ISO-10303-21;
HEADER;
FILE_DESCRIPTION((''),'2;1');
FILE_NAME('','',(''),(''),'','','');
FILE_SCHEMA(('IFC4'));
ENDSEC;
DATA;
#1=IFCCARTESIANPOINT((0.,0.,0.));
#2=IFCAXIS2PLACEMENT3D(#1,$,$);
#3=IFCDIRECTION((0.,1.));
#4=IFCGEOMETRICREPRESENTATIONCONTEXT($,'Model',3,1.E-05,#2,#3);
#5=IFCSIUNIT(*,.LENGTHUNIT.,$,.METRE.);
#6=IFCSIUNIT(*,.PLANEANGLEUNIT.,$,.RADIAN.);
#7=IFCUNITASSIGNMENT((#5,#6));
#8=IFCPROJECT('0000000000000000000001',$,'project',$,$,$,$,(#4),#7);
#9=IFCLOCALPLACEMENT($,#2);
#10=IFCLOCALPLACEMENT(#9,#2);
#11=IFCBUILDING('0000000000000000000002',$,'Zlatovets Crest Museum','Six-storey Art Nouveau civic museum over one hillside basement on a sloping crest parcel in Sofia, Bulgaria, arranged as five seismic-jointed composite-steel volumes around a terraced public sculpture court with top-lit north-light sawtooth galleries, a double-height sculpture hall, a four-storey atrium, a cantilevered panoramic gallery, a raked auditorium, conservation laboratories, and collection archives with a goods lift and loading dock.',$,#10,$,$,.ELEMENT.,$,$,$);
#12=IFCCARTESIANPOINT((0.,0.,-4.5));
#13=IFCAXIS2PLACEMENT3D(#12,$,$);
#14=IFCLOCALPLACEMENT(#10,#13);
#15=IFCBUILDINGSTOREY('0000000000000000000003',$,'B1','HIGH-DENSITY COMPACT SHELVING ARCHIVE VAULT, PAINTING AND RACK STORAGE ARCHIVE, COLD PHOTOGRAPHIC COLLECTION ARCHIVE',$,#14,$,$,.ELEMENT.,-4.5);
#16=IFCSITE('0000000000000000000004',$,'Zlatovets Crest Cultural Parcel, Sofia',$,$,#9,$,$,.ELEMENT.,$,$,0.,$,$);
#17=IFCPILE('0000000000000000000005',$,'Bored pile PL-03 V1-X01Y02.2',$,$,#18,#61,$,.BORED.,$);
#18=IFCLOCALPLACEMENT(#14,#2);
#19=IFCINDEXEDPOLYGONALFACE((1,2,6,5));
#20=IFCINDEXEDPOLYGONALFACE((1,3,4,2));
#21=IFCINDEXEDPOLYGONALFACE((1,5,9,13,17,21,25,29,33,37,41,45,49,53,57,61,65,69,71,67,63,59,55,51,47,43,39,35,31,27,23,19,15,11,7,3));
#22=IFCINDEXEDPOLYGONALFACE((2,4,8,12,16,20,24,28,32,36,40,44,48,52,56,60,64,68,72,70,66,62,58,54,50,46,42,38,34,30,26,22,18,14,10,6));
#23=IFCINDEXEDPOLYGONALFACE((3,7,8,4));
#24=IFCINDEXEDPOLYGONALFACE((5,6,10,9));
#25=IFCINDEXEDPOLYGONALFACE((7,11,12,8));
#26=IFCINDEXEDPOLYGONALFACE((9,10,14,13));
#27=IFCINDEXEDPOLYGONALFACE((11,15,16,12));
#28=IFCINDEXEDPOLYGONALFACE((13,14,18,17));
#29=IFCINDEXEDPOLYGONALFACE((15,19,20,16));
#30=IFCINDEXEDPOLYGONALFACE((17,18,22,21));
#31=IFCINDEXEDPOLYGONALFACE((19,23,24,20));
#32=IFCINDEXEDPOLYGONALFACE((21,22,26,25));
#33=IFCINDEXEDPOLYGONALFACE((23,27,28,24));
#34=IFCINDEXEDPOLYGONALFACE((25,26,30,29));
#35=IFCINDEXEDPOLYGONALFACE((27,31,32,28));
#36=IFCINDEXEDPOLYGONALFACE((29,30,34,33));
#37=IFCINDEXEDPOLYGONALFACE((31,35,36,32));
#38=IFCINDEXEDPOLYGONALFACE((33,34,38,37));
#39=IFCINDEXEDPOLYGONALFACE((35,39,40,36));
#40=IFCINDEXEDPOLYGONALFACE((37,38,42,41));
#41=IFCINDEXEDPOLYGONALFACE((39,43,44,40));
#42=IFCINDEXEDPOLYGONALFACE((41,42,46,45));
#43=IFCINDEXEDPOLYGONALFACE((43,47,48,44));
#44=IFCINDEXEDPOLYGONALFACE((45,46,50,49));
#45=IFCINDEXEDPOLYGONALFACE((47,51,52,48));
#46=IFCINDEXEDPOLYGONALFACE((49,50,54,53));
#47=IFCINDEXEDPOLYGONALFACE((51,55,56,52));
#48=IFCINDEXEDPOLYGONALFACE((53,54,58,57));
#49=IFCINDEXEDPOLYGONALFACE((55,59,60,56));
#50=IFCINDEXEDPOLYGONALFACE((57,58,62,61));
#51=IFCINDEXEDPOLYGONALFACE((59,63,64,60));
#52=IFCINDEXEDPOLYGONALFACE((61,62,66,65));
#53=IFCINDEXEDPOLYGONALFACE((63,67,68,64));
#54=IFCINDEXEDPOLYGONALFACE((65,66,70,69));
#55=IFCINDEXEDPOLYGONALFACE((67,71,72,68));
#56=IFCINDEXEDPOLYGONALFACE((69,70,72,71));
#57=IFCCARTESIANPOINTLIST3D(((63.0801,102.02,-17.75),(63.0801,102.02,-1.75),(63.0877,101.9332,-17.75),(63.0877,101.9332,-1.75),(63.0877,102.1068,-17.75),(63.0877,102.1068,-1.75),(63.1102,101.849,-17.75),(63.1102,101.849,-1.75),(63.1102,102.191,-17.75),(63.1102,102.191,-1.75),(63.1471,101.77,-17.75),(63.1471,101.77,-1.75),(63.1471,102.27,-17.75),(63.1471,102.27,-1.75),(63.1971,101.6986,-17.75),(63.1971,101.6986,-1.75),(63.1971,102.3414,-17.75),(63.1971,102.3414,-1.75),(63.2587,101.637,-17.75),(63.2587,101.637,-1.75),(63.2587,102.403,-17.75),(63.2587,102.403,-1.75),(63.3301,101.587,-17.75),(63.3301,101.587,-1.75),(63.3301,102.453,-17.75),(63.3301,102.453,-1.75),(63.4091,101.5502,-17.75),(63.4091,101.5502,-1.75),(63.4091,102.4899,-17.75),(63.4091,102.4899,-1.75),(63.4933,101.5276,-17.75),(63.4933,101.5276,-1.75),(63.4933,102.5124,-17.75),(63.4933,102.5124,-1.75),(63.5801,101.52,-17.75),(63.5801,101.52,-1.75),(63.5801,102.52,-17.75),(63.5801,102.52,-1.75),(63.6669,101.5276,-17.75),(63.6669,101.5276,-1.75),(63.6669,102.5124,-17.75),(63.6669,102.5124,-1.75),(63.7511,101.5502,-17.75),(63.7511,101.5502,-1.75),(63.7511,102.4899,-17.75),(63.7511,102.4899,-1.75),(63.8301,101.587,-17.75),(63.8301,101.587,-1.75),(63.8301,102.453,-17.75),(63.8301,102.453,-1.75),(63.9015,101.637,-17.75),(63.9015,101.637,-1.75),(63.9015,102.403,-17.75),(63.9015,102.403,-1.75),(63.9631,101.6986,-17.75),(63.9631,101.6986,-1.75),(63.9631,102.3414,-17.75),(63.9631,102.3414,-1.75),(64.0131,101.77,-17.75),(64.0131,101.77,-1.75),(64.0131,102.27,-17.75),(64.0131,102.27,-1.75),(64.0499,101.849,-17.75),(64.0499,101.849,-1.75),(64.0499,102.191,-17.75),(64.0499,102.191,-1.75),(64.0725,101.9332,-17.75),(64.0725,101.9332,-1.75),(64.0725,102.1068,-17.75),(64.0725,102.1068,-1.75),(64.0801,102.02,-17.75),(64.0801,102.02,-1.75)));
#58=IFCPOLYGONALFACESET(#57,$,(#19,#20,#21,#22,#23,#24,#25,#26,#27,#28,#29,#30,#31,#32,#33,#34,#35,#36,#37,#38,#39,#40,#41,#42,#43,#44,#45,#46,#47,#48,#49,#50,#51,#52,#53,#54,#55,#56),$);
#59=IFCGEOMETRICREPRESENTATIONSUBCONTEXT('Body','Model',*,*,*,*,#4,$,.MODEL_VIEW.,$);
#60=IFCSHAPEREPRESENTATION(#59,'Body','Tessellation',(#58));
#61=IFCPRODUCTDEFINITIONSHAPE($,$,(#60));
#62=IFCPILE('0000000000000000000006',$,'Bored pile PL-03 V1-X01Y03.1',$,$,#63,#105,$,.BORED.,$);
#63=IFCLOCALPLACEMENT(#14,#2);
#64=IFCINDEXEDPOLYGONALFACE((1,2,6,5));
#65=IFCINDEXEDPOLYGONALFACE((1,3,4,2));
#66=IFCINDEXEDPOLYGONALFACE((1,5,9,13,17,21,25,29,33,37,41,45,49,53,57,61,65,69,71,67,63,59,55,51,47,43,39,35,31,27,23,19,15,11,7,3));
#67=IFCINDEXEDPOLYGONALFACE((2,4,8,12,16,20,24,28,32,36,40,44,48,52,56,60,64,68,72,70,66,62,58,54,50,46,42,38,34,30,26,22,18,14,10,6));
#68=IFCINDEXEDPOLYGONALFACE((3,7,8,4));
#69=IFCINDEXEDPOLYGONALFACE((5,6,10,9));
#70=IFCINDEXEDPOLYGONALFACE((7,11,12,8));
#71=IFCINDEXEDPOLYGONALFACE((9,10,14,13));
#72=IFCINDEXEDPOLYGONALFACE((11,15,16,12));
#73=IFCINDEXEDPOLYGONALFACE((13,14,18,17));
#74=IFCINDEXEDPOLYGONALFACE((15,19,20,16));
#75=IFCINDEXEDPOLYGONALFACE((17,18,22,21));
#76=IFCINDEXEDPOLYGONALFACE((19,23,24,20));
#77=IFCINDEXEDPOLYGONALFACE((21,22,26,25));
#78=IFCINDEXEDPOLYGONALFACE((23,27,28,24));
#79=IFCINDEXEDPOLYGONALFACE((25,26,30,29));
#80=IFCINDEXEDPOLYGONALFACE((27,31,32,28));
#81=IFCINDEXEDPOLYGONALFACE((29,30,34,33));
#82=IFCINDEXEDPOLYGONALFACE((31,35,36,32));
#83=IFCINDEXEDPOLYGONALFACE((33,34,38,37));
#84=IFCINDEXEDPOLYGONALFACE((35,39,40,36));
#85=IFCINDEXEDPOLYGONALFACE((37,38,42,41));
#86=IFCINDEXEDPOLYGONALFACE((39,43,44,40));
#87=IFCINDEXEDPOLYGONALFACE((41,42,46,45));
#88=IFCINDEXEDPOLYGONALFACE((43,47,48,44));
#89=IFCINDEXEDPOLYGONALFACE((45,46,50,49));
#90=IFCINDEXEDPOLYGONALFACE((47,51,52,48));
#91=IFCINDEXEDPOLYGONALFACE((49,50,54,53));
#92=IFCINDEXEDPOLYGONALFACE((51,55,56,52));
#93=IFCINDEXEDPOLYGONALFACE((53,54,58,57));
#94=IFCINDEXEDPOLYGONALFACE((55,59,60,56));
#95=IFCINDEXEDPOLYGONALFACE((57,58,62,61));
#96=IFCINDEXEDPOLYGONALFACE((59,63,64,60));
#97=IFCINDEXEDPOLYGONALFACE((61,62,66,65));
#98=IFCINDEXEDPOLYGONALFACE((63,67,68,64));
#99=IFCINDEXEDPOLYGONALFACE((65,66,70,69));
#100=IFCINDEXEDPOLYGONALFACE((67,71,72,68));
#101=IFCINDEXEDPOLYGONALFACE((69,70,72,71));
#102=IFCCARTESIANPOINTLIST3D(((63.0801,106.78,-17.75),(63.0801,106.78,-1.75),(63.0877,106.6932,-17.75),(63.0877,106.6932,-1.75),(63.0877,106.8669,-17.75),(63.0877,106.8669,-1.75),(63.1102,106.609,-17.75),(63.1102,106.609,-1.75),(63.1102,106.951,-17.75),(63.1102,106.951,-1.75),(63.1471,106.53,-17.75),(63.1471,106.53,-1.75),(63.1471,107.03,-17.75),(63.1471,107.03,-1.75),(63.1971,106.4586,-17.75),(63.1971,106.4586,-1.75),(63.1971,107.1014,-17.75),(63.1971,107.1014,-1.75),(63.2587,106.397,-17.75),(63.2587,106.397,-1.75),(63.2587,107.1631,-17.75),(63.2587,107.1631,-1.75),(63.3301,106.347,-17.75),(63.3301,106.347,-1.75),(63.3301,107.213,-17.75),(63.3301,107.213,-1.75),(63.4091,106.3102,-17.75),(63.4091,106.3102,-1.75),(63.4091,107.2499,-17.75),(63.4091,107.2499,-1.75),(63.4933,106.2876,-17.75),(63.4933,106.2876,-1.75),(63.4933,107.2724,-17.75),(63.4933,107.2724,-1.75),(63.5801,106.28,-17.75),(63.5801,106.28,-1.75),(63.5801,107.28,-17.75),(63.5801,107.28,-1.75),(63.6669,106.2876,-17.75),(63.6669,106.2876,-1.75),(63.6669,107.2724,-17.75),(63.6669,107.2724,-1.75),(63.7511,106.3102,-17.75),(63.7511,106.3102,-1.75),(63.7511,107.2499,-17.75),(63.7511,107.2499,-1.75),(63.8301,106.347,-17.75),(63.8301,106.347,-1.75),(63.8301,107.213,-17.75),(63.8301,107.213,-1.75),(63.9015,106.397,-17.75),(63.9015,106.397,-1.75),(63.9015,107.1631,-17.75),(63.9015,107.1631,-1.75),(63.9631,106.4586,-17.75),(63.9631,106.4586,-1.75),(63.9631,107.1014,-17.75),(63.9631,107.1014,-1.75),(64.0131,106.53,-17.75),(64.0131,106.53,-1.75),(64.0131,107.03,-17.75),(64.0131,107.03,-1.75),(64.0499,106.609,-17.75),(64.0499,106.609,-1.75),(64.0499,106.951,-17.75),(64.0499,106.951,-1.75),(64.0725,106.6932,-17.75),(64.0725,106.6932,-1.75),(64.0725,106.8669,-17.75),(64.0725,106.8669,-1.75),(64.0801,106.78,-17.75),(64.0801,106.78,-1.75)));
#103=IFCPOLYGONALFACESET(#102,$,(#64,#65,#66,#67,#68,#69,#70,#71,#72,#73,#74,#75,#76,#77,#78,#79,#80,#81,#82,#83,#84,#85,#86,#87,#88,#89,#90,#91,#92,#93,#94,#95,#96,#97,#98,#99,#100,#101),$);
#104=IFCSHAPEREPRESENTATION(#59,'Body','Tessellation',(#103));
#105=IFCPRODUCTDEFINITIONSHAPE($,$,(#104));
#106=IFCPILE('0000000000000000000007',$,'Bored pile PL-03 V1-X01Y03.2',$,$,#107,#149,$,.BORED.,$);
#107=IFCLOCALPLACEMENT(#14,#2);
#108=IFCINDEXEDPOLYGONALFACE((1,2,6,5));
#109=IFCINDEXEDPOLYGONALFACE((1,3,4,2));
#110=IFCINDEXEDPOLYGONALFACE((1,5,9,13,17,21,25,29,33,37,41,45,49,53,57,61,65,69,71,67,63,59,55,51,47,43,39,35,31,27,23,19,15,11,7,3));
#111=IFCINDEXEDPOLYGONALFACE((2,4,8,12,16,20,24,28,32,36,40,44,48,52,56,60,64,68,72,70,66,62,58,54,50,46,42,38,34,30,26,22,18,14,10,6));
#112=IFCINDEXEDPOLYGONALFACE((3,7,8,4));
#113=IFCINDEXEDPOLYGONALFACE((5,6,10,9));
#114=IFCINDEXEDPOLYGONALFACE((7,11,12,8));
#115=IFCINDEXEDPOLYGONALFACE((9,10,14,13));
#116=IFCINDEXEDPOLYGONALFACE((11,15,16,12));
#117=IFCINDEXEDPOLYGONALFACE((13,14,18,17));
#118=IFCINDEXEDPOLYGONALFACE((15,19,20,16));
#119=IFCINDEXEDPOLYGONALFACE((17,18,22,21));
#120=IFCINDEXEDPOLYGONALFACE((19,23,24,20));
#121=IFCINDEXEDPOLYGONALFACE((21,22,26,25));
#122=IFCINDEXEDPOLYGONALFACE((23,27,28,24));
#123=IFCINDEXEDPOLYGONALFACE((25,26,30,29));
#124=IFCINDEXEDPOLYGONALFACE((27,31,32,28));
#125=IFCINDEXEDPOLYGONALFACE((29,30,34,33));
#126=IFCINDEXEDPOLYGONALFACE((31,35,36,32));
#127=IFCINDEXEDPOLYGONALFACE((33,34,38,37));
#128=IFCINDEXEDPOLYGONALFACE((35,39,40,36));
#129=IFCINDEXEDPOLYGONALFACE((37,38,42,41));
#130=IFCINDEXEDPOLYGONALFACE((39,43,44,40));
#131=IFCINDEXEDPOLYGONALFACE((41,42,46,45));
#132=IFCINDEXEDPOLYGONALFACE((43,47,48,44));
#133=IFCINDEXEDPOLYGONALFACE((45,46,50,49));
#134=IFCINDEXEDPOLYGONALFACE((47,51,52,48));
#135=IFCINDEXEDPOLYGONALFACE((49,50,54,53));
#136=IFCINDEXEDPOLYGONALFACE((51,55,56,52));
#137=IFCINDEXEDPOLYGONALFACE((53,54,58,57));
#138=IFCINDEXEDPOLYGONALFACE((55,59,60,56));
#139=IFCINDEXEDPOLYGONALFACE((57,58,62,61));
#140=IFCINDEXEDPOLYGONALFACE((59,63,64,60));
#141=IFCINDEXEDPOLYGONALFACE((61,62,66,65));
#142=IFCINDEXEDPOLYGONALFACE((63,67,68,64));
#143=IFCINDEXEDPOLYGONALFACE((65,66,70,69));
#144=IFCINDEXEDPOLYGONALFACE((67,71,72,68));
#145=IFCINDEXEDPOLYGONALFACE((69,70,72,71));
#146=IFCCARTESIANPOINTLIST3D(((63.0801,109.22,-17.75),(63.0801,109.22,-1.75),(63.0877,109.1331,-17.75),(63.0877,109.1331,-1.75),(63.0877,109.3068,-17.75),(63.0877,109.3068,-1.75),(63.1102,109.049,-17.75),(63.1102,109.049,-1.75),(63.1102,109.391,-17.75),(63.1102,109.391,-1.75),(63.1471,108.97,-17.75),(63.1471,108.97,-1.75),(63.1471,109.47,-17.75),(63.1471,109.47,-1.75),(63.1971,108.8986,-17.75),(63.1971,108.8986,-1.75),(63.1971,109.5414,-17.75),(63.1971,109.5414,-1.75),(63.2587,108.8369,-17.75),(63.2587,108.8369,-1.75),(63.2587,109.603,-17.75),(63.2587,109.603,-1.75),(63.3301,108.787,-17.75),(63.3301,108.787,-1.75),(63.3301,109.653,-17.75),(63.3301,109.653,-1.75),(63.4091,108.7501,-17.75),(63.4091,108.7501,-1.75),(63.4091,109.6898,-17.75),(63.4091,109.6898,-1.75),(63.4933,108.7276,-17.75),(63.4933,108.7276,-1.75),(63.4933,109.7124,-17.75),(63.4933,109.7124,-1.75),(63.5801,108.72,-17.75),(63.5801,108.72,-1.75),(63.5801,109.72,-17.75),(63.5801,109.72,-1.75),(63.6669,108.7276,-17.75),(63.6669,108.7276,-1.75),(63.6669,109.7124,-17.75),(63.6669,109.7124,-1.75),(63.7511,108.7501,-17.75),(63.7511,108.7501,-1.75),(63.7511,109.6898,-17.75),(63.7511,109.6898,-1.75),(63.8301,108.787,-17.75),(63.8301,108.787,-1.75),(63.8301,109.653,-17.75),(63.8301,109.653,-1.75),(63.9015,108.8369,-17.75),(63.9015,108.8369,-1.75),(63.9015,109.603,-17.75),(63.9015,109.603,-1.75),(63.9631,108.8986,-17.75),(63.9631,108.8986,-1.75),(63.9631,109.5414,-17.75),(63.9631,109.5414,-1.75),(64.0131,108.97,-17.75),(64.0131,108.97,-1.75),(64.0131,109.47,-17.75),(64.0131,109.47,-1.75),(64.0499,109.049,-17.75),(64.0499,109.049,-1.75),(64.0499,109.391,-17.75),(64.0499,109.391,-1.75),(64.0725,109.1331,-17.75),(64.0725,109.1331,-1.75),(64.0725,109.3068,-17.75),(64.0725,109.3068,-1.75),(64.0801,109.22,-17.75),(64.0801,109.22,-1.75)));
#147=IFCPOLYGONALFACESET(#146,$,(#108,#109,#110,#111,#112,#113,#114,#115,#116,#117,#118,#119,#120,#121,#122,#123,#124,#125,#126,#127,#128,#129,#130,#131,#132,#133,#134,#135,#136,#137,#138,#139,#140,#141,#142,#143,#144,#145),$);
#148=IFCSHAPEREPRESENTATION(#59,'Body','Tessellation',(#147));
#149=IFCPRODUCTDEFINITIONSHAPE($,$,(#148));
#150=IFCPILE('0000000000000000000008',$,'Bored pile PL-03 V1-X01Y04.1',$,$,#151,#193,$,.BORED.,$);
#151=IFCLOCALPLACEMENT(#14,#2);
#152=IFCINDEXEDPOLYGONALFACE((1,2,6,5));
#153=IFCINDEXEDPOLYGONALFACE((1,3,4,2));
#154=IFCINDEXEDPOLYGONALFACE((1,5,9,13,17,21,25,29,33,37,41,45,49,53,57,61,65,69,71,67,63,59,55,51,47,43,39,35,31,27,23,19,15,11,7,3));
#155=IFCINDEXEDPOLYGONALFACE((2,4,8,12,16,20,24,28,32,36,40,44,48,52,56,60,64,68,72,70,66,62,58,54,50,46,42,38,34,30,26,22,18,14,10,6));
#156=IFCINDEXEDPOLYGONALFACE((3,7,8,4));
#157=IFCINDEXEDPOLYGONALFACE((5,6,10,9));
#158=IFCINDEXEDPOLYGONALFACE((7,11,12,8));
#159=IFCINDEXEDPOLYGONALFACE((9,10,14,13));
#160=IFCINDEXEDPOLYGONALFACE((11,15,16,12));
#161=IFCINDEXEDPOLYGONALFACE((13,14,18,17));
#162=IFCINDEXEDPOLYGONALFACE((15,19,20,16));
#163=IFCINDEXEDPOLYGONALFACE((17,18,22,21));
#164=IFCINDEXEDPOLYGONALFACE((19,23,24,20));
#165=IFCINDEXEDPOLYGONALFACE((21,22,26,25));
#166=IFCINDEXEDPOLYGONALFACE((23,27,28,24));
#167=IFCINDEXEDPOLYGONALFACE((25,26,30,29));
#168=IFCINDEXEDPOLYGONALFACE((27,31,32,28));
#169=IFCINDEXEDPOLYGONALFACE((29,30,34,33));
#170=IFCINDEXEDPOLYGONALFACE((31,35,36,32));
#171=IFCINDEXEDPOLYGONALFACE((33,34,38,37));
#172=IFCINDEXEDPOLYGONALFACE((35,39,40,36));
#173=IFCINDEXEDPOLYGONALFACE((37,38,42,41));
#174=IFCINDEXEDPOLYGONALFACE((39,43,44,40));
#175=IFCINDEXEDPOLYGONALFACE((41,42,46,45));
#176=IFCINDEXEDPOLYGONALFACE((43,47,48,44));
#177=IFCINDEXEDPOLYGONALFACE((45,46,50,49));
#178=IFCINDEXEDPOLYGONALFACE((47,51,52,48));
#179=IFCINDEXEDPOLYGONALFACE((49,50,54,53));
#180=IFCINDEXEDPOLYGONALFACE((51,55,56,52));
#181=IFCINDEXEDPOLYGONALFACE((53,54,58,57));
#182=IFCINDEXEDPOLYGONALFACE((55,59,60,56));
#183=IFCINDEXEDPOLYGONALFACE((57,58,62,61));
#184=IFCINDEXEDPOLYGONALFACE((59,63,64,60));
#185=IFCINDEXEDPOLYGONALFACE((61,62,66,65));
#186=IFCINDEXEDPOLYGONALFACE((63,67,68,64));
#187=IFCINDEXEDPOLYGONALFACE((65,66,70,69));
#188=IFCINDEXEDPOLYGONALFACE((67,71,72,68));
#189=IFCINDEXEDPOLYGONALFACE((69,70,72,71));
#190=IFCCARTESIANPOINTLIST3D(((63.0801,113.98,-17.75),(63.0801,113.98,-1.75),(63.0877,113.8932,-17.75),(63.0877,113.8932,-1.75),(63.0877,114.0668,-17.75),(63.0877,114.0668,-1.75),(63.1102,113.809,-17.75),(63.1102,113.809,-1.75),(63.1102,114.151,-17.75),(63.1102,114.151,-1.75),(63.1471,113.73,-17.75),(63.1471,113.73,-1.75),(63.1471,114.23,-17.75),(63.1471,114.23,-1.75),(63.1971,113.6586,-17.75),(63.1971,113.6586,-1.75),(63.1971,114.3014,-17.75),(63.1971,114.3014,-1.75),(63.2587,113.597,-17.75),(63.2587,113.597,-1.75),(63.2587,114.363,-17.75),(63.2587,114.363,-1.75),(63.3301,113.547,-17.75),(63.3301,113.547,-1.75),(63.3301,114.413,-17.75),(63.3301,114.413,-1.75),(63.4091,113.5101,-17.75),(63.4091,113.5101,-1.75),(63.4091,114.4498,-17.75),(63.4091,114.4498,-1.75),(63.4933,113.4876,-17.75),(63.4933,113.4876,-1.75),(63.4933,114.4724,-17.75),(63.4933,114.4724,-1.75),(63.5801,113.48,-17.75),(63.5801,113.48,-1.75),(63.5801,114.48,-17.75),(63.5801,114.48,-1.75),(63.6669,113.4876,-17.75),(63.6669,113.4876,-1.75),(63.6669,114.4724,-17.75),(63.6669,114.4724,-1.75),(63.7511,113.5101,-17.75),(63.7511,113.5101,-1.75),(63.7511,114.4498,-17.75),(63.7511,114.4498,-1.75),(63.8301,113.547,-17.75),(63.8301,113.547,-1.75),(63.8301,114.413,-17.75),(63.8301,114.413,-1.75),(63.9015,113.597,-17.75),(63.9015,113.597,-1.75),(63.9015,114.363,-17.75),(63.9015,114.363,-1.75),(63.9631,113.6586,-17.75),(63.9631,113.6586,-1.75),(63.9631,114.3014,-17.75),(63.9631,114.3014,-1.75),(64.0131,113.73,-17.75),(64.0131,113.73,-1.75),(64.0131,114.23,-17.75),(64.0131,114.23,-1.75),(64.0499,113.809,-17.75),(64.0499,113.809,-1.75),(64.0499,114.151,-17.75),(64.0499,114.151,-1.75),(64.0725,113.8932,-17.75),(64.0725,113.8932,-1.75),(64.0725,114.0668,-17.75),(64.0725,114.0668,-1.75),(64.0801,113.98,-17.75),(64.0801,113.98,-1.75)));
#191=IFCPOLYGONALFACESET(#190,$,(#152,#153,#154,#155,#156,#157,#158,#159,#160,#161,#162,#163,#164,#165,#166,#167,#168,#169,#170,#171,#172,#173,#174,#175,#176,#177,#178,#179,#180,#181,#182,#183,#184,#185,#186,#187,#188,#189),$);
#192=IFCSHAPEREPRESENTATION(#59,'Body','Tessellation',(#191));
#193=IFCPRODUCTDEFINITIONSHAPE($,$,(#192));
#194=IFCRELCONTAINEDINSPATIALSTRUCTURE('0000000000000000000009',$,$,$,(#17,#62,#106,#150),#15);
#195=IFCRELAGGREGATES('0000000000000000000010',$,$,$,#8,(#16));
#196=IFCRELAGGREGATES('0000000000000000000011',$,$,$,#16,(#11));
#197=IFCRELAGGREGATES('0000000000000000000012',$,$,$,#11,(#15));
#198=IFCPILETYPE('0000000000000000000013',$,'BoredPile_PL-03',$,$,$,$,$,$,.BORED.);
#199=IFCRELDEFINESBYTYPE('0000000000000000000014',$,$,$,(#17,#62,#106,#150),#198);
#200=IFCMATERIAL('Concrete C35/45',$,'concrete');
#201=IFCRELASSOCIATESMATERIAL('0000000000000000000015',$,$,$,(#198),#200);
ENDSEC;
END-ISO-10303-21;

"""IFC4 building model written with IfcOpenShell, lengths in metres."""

from ifc_helpers import new_model, si_unit, direction, frame, origin, origin_2d, place, context, subcontext, project, spatial, circle, extrude, material, material_profile, profile_set, type_object, element, save


model = new_model("IFC4")

# Units and contexts
model_context = context("Model", 3, precision=1e-05, world=origin(), true_north=direction((0.0, 1.0)))
body_context = subcontext(model_context, "Body", "Model", "MODEL_VIEW")
ifc_project = project(units=[si_unit("LENGTHUNIT", "METRE"), si_unit("PLANEANGLEUNIT", "RADIAN")], contexts=[model_context])

# Site, building, storey
site_placement = place(None, origin())
site = spatial("IfcSite", under=ifc_project, at=site_placement, Name="Zlatovets Crest Cultural Parcel, Sofia", CompositionType="ELEMENT", RefElevation=0.0)
building_placement = place(site_placement, origin())
building = spatial("IfcBuilding", under=site, at=building_placement, Name="Zlatovets Crest Museum", Description="Six-storey Art Nouveau civic museum over one hillside basement on a sloping crest parcel in Sofia, Bulgaria, arranged as five seismic-jointed composite-steel volumes around a terraced public sculpture court with top-lit north-light sawtooth galleries, a double-height sculpture hall, a four-storey atrium, a cantilevered panoramic gallery, a raked auditorium, conservation laboratories, and collection archives with a goods lift and loading dock.", CompositionType="ELEMENT")
storey_placement = place(building_placement, frame((0.0, 0.0, -4.5)))
storey = spatial("IfcBuildingStorey", under=building, at=storey_placement, Name="B1", Description="HIGH-DENSITY COMPACT SHELVING ARCHIVE VAULT, PAINTING AND RACK STORAGE ARCHIVE, COLD PHOTOGRAPHIC COLLECTION ARCHIVE", CompositionType="ELEMENT", Elevation=-4.5)

# Piles
ifc_material_1 = material(Name="Concrete C35/45", Category="concrete")
ifc_material_profile_1 = material_profile(ifc_material_1, circle(Radius=0.5, at=origin_2d()), Name="PILE D1000")
ifc_profile_set_1 = profile_set([ifc_material_profile_1], Name="Concrete C35/45")
pile_type = type_object("IfcPileType", Name="BoredPile_PL-03", PredefinedType="BORED", material=ifc_profile_set_1)
for number, where, z_axis, x_axis, name in (
    (1, (63.5801, 102.02, -1.75), (0.0, 0.0, -1.0), (1.0, 0.0, 0.0), "Bored pile PL-03 V1-X01Y02.2"),
    (2, (63.5801, 106.78, -1.75), (0.0, 0.0, -1.0), (1.0, 0.0, 0.0), "Bored pile PL-03 V1-X01Y03.1"),
    (3, (63.5801, 109.22, -1.75), (0.0, 0.0, -1.0), (1.0, 0.0, 0.0), "Bored pile PL-03 V1-X01Y03.2"),
    (4, (63.5801, 113.98, -1.75), (0.0, 0.0, -1.0), (1.0, 0.0, 0.0), "Bored pile PL-03 V1-X01Y04.1"),
):
    element("IfcPile", number, at=place(storey_placement, frame(where, z_axis=z_axis, x_axis=x_axis)), inside=storey, type_object=pile_type, Name=name, PredefinedType="BORED", context=body_context, shape_type="SweptSolid", body=[
        extrude(circle(Radius=0.5, at=origin_2d()), origin(), (0.0, 0.0, 1.0), 16.0),
    ])

save(model, "model.ifc")
